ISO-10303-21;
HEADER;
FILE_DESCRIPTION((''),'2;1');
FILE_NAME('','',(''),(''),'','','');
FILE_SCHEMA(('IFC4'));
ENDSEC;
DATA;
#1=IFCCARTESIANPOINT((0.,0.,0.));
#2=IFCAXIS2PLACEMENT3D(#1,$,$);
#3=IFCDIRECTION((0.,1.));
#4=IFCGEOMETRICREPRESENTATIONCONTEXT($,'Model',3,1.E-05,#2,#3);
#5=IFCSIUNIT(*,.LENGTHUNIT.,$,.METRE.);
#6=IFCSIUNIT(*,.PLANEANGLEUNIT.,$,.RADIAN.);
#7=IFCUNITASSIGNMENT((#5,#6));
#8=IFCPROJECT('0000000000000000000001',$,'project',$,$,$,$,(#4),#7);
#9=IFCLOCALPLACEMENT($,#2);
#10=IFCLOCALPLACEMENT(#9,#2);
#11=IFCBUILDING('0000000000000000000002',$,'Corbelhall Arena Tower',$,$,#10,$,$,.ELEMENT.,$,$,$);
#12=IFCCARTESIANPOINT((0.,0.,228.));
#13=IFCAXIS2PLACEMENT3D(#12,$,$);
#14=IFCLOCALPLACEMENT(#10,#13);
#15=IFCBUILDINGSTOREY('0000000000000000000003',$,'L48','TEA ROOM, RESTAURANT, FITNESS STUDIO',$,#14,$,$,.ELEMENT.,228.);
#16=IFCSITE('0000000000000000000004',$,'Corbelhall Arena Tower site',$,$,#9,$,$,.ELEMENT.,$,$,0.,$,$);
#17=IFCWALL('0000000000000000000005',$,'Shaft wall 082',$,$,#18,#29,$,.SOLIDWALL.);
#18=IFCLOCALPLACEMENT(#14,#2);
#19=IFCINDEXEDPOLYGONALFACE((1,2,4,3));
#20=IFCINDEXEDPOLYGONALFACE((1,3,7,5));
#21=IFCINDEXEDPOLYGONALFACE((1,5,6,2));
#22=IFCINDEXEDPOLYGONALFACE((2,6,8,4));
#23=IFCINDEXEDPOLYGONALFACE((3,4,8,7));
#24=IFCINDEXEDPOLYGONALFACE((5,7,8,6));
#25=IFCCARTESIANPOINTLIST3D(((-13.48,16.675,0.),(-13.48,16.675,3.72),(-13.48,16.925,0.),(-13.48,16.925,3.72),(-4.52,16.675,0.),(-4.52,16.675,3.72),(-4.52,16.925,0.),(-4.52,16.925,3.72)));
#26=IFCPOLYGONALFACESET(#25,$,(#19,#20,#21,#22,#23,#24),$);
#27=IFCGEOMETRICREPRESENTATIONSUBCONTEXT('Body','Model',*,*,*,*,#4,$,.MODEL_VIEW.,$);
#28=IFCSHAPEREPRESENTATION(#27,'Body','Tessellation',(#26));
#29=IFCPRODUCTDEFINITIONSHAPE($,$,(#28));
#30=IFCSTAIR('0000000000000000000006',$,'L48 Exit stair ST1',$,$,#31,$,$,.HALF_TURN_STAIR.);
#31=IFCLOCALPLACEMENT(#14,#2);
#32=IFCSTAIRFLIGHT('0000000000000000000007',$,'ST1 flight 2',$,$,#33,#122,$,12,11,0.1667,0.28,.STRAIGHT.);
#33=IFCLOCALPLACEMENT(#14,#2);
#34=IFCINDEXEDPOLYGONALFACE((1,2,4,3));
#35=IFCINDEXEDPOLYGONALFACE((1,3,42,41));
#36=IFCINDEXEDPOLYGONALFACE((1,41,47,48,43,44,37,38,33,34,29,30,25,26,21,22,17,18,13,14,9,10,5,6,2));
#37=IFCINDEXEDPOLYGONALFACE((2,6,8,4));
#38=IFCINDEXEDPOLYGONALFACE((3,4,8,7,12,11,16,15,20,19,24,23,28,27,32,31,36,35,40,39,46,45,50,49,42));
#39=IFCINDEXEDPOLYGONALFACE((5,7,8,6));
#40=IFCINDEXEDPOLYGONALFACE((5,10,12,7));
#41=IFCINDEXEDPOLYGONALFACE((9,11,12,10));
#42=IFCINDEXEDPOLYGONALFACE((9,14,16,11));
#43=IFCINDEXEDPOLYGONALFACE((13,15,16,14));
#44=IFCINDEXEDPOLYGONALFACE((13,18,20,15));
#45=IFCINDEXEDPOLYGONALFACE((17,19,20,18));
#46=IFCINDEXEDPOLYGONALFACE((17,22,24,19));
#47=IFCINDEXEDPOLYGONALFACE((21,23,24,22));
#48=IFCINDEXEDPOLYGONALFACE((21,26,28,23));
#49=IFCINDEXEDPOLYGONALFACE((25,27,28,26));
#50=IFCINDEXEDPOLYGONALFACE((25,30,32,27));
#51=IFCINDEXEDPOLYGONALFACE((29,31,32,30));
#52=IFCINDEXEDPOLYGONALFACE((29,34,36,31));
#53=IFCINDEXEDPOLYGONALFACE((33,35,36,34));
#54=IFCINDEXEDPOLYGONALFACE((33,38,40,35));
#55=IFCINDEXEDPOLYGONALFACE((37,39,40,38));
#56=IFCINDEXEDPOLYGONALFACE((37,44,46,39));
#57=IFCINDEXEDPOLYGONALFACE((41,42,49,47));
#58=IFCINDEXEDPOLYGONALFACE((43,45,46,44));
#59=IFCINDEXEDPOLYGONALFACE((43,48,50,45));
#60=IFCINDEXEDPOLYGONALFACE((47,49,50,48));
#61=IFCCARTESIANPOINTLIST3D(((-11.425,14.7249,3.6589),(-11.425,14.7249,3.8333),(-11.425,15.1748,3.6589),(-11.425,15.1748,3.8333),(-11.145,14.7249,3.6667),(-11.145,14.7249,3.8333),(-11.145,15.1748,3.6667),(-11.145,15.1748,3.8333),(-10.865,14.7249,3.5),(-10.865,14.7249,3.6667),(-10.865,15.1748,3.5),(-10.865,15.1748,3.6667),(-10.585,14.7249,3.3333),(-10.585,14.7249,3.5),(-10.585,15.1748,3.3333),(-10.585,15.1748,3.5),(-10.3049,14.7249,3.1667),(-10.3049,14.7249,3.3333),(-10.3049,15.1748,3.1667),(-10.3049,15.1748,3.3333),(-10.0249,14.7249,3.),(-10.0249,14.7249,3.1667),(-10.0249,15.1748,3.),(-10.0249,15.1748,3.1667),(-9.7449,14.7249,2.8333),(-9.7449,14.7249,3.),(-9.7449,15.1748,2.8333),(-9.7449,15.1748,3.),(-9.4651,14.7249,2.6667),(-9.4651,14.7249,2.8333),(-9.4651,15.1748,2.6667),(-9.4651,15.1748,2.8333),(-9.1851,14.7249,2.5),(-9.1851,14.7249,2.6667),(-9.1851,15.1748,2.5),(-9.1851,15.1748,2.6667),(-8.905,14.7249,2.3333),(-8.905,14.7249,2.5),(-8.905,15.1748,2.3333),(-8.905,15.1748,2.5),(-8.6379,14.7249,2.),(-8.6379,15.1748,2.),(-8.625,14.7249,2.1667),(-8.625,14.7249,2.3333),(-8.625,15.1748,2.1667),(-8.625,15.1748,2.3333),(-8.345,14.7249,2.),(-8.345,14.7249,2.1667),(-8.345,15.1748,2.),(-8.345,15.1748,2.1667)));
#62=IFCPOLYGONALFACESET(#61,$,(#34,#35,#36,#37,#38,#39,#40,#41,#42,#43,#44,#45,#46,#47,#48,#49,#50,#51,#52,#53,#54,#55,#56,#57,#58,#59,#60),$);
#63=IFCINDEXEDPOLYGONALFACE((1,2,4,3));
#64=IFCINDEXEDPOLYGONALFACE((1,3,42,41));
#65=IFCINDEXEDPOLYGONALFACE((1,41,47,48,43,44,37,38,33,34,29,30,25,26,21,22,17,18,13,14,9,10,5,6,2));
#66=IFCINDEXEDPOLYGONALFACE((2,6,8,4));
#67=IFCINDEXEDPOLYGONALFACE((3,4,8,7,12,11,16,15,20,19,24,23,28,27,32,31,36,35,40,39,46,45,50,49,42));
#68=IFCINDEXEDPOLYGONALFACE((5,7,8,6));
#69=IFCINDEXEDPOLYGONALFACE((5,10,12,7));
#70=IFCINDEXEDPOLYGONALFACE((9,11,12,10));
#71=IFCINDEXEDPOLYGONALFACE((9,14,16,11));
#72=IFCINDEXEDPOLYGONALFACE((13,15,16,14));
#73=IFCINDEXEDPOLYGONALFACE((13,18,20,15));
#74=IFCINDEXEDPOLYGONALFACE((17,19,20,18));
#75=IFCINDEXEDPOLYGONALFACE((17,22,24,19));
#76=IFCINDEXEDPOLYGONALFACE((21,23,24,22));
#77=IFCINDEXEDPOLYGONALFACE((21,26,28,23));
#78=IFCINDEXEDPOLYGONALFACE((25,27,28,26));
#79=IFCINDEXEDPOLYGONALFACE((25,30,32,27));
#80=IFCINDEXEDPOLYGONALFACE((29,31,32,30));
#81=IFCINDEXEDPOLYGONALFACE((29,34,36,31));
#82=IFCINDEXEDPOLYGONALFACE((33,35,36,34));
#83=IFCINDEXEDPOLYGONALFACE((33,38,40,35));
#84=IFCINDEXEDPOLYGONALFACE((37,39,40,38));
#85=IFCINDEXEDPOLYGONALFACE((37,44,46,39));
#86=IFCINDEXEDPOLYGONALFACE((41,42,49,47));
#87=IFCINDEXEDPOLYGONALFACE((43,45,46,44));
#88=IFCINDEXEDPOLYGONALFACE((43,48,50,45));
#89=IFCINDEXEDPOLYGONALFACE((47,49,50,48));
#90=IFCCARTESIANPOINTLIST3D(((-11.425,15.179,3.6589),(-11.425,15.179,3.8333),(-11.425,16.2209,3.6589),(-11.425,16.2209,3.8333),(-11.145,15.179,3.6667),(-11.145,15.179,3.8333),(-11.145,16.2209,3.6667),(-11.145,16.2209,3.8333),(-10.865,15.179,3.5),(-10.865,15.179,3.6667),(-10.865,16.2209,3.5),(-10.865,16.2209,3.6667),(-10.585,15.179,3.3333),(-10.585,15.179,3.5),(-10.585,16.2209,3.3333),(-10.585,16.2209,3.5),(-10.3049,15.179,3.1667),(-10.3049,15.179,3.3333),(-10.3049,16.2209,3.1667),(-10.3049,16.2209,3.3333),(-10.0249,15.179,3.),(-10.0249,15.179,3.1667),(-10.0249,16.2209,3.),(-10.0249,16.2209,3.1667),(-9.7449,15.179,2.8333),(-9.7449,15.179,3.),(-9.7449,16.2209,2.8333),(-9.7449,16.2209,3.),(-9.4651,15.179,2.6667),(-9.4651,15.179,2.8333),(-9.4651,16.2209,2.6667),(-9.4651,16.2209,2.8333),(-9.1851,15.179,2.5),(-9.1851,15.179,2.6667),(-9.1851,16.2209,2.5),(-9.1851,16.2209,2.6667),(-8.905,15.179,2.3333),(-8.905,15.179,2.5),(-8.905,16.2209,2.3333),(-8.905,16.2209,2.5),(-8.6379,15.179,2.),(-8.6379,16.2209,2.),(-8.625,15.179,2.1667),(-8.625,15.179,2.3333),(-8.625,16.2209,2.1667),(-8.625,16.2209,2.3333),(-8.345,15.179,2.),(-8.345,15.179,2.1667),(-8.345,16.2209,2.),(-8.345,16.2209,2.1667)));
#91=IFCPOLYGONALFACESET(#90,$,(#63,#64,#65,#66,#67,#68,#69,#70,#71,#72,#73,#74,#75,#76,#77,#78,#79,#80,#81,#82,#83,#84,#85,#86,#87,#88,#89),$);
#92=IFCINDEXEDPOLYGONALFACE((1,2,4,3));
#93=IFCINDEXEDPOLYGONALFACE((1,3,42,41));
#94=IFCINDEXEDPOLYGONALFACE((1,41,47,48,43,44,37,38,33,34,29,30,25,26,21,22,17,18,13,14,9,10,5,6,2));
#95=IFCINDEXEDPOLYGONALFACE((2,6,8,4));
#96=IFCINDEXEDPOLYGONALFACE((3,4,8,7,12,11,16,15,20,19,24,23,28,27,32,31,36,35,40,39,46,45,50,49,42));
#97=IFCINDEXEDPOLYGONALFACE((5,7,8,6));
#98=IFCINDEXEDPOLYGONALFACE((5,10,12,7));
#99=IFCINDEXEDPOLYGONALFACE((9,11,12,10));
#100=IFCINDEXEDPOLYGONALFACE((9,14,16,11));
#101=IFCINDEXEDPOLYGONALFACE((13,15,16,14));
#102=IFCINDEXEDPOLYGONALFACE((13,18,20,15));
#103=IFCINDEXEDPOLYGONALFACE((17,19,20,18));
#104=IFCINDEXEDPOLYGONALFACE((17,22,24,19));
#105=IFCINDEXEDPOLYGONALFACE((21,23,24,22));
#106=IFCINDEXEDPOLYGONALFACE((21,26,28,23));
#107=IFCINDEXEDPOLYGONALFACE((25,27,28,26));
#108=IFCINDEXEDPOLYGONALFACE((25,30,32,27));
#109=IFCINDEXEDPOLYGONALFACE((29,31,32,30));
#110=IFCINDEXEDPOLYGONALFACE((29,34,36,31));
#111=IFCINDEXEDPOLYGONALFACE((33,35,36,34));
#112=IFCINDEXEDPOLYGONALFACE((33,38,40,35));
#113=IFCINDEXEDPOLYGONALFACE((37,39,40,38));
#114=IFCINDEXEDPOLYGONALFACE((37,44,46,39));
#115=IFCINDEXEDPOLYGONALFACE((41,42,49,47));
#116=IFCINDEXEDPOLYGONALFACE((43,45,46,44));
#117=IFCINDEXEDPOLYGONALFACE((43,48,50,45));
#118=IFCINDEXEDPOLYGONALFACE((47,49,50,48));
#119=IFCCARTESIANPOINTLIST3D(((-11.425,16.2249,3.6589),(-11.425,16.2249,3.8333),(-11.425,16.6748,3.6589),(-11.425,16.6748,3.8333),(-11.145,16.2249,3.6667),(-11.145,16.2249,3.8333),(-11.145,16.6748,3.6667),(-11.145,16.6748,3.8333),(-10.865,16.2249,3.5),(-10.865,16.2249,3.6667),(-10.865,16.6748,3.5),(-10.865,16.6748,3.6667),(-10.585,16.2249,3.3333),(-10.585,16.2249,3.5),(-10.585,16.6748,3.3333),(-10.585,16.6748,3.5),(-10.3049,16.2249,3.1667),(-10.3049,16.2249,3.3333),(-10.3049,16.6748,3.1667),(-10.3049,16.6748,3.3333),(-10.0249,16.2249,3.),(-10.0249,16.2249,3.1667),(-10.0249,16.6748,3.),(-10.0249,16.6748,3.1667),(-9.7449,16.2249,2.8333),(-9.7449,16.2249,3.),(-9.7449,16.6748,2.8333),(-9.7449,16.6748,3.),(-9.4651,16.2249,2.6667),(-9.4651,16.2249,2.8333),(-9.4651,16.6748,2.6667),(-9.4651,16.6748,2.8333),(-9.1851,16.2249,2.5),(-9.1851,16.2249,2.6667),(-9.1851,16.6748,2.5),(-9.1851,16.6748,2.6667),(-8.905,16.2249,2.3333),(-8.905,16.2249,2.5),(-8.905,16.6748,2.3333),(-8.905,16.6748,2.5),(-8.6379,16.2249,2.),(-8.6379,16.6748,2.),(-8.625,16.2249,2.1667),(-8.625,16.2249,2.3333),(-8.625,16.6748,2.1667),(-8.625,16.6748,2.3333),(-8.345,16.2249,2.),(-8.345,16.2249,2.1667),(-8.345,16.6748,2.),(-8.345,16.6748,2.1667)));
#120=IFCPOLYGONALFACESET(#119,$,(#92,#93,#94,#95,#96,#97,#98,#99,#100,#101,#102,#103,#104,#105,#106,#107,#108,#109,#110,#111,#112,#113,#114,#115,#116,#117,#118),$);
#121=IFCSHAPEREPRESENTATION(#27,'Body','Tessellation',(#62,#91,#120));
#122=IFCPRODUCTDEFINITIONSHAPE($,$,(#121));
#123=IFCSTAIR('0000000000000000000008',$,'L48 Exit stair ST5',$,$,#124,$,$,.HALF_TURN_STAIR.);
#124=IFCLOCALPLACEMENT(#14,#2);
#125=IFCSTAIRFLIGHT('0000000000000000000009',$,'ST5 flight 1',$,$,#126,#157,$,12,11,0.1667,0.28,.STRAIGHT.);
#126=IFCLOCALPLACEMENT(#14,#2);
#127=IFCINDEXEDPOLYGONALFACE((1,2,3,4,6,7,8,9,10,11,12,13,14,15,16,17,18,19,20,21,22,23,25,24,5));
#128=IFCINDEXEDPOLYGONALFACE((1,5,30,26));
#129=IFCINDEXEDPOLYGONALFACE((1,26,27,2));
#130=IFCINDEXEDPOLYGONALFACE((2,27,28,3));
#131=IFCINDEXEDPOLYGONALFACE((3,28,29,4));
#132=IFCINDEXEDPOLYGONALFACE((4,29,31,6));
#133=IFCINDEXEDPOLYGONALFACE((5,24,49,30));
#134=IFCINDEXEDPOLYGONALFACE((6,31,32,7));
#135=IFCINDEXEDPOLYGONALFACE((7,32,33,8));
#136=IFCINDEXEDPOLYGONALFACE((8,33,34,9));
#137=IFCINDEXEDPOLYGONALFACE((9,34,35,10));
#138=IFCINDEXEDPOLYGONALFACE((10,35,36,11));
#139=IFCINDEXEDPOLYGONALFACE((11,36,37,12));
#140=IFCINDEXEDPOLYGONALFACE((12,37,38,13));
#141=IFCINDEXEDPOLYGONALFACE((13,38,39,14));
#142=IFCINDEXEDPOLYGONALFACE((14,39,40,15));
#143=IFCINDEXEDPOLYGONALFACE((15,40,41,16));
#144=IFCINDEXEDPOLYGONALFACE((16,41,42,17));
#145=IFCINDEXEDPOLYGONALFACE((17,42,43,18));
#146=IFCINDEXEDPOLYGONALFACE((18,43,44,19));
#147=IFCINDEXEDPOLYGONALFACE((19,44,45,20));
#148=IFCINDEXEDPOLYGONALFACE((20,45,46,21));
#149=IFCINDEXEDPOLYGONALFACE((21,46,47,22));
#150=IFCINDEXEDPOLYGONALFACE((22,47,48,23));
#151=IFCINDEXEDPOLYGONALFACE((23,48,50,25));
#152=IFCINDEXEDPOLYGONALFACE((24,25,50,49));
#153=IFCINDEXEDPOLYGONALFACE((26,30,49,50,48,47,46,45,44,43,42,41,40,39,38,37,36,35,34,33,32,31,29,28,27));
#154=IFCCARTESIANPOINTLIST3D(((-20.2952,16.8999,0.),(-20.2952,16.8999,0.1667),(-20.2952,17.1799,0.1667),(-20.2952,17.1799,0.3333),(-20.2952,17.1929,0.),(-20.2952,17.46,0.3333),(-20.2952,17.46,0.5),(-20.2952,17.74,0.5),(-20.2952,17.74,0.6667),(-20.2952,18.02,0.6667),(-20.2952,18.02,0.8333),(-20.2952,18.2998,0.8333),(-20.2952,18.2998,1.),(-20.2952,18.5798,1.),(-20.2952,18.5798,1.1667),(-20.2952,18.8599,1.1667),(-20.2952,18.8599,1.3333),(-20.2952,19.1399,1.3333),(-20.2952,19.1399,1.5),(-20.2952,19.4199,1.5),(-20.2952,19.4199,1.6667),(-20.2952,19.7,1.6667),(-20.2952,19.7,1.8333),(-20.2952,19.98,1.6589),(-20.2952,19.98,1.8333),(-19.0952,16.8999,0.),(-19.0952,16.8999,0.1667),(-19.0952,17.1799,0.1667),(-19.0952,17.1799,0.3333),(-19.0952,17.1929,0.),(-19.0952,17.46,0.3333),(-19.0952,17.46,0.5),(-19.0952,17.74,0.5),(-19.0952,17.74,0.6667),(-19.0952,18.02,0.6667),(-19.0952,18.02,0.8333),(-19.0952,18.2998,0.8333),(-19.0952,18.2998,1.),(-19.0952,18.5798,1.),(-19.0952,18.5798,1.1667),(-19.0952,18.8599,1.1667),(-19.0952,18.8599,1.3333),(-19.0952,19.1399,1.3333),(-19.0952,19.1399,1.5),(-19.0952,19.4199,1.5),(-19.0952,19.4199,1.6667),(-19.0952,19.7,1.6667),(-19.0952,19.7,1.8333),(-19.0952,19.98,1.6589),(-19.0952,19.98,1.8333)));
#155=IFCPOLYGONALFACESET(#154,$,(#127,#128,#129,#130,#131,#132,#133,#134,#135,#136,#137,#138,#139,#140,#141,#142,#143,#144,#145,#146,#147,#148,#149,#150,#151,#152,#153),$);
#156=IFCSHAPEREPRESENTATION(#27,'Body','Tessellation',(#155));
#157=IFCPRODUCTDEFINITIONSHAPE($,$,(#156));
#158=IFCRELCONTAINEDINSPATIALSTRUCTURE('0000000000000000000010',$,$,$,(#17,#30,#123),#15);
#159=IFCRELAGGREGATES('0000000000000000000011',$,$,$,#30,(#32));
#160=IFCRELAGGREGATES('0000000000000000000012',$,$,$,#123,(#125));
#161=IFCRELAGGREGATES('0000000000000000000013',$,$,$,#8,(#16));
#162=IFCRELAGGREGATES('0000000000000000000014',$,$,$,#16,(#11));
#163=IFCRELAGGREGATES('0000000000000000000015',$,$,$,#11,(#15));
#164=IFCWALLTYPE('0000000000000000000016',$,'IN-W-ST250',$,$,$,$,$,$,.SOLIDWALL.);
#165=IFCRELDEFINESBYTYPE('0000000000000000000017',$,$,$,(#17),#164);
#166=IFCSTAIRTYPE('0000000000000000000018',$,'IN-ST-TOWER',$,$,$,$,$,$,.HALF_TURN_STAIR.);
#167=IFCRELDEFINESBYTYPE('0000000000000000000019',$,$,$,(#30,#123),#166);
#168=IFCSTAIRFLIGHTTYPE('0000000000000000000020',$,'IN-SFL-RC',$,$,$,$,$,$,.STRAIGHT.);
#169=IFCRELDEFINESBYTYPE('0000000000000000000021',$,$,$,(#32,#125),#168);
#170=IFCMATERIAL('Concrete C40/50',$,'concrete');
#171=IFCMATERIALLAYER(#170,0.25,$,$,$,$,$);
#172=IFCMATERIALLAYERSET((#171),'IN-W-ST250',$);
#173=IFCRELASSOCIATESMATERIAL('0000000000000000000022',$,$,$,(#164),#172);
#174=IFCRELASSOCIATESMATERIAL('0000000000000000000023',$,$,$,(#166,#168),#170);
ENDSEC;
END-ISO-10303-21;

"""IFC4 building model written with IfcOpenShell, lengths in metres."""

from ifc_helpers import new_model, si_unit, direction, frame, frame_2d, origin, place, context, subcontext, project, spatial, polyline, rectangle, outline, extrude, material, layer, layer_set, type_object, element, aggregate, save


model = new_model("IFC4")

# Units and contexts
model_context = context("Model", 3, precision=1e-05, world=origin(), true_north=direction((0.0, 1.0)))
body_context = subcontext(model_context, "Body", "Model", "MODEL_VIEW")
ifc_project = project(units=[si_unit("LENGTHUNIT", "METRE"), si_unit("PLANEANGLEUNIT", "RADIAN")], contexts=[model_context])

# Site, building, storey
site_placement = place(None, origin())
site = spatial("IfcSite", under=ifc_project, at=site_placement, Name="Corbelhall Arena Tower site", CompositionType="ELEMENT", RefElevation=0.0)
building_placement = place(site_placement, origin())
building = spatial("IfcBuilding", under=site, at=building_placement, Name="Corbelhall Arena Tower", CompositionType="ELEMENT")
storey_placement = place(building_placement, frame((0.0, 0.0, 228.0)))
storey = spatial("IfcBuildingStorey", under=building, at=storey_placement, Name="L48", Description="TEA ROOM, RESTAURANT, FITNESS STUDIO", CompositionType="ELEMENT", Elevation=228.0)

# Shared definitions
ifc_material_1 = material(Name="Concrete C40/50", Category="concrete")

# Wall
ifc_layer_1 = layer(ifc_material_1, 0.25)
ifc_layer_set_1 = layer_set([ifc_layer_1], Name="IN-W-ST250")
wall_type_1 = type_object("IfcWallType", Name="IN-W-ST250", PredefinedType="SOLIDWALL", material=ifc_layer_set_1)
wall_1_placement = place(storey_placement, frame((-13.48, 16.8, 0.0), z_axis=(0.0, 0.0, 1.0), x_axis=(1.0, 0.0, 0.0)))
element("IfcWall", 1, at=wall_1_placement, inside=storey, type_object=wall_type_1, Name="Shaft wall 082", PredefinedType="SOLIDWALL", context=body_context, shape_type="SweptSolid", body=[
    extrude(rectangle(XDim=8.96, YDim=0.25, at=frame_2d((4.48, 0.0))), origin(), (0.0, 0.0, 1.0), 3.72),
])

# Stair, stair flight
stair_type = type_object("IfcStairType", Name="IN-ST-TOWER", PredefinedType="HALF_TURN_STAIR", material=ifc_material_1)
stair_1_placement = place(storey_placement, origin())
stair_1 = element("IfcStair", 2, at=stair_1_placement, inside=storey, type_object=stair_type, Name="L48 Exit stair ST1", PredefinedType="HALF_TURN_STAIR")
stair_flight_type = type_object("IfcStairFlightType", Name="IN-SFL-RC", PredefinedType="STRAIGHT", material=ifc_material_1)
stair_flight_1_placement = place(storey_placement, frame((-8.345, 15.7, 2.0), z_axis=(0.0, 0.0, 1.0), x_axis=(-1.0, 0.0, 0.0)))
stair_flight_1 = element("IfcStairFlight", 3, at=stair_flight_1_placement, type_object=stair_flight_type, Name="ST1 flight 2", NumberOfRisers=12, NumberOfTreads=11, PredefinedType="STRAIGHT", RiserHeight=0.1667, TreadLength=0.28, context=body_context, shape_type="SweptSolid", body=[
    extrude(outline(polyline([(0.0, 0.0), (0.0, 0.1667), (0.28, 0.1667), (0.28, 0.3333), (0.5601, 0.3333), (0.5601, 0.5), (0.8401, 0.5), (0.8401, 0.6667), (1.1201, 0.6667), (1.1201, 0.8333), (1.3999, 0.8333), (1.3999, 1.0), (1.6799, 1.0), (1.6799, 1.1667), (1.96, 1.1667), (1.96, 1.3333), (2.24, 1.3333), (2.24, 1.5), (2.52, 1.5), (2.52, 1.6667), (2.8, 1.6667), (2.8, 1.8333), (3.0801, 1.8333), (3.0801, 2.0), (3.0801, 1.6589), (0.293, 0.0), (0.0, 0.0)])), frame((0.0, 0.9751, 0.0), z_axis=(0.0, -1.0, 0.0), x_axis=(1.0, 0.0, 0.0)), (0.0, 0.0, 1.0), 0.45),
    extrude(outline(polyline([(0.0, 0.0), (0.0, 0.1667), (0.28, 0.1667), (0.28, 0.3333), (0.5601, 0.3333), (0.5601, 0.5), (0.8401, 0.5), (0.8401, 0.6667), (1.1201, 0.6667), (1.1201, 0.8333), (1.3999, 0.8333), (1.3999, 1.0), (1.6799, 1.0), (1.6799, 1.1667), (1.96, 1.1667), (1.96, 1.3333), (2.24, 1.3333), (2.24, 1.5), (2.52, 1.5), (2.52, 1.6667), (2.8, 1.6667), (2.8, 1.8333), (3.0801, 1.8333), (3.0801, 2.0), (3.0801, 1.6589), (0.293, 0.0), (0.0, 0.0)])), frame((0.0, 0.521, 0.0), z_axis=(0.0, -1.0, 0.0), x_axis=(1.0, 0.0, 0.0)), (0.0, 0.0, 1.0), 1.042),
    extrude(outline(polyline([(0.0, 0.0), (0.0, 0.1667), (0.28, 0.1667), (0.28, 0.3333), (0.5601, 0.3333), (0.5601, 0.5), (0.8401, 0.5), (0.8401, 0.6667), (1.1201, 0.6667), (1.1201, 0.8333), (1.3999, 0.8333), (1.3999, 1.0), (1.6799, 1.0), (1.6799, 1.1667), (1.96, 1.1667), (1.96, 1.3333), (2.24, 1.3333), (2.24, 1.5), (2.52, 1.5), (2.52, 1.6667), (2.8, 1.6667), (2.8, 1.8333), (3.0801, 1.8333), (3.0801, 2.0), (3.0801, 1.6589), (0.293, 0.0), (0.0, 0.0)])), frame((0.0, -0.5249, 0.0), z_axis=(0.0, -1.0, 0.0), x_axis=(1.0, 0.0, 0.0)), (0.0, 0.0, 1.0), 0.45),
])
aggregate(stair_1, [stair_flight_1])

# Stair, stair flight
stair_2_placement = place(storey_placement, origin())
stair_2 = element("IfcStair", 4, at=stair_2_placement, inside=storey, type_object=stair_type, Name="L48 Exit stair ST5", PredefinedType="HALF_TURN_STAIR")
stair_flight_2_placement = place(storey_placement, frame((-19.6951, 16.8999, 0.0), z_axis=(0.0, 0.0, 1.0), x_axis=(0.0, 1.0, 0.0)))
stair_flight_2 = element("IfcStairFlight", 5, at=stair_flight_2_placement, type_object=stair_flight_type, Name="ST5 flight 1", NumberOfRisers=12, NumberOfTreads=11, PredefinedType="STRAIGHT", RiserHeight=0.1667, TreadLength=0.28, context=body_context, shape_type="SweptSolid", body=[
    extrude(outline(polyline([(0.0, 0.0), (0.0, 0.1667), (0.28, 0.1667), (0.28, 0.3333), (0.5601, 0.3333), (0.5601, 0.5), (0.8401, 0.5), (0.8401, 0.6667), (1.1201, 0.6667), (1.1201, 0.8333), (1.3999, 0.8333), (1.3999, 1.0), (1.6799, 1.0), (1.6799, 1.1667), (1.96, 1.1667), (1.96, 1.3333), (2.24, 1.3333), (2.24, 1.5), (2.52, 1.5), (2.52, 1.6667), (2.8, 1.6667), (2.8, 1.8333), (3.0801, 1.8333), (3.0801, 2.0), (3.0801, 1.6589), (0.293, 0.0), (0.0, 0.0)])), frame((0.0, 0.6001, 0.0), z_axis=(0.0, -1.0, 0.0), x_axis=(1.0, 0.0, 0.0)), (0.0, 0.0, 1.0), 1.2),
])
aggregate(stair_2, [stair_flight_2])

save(model, "model.ifc")
